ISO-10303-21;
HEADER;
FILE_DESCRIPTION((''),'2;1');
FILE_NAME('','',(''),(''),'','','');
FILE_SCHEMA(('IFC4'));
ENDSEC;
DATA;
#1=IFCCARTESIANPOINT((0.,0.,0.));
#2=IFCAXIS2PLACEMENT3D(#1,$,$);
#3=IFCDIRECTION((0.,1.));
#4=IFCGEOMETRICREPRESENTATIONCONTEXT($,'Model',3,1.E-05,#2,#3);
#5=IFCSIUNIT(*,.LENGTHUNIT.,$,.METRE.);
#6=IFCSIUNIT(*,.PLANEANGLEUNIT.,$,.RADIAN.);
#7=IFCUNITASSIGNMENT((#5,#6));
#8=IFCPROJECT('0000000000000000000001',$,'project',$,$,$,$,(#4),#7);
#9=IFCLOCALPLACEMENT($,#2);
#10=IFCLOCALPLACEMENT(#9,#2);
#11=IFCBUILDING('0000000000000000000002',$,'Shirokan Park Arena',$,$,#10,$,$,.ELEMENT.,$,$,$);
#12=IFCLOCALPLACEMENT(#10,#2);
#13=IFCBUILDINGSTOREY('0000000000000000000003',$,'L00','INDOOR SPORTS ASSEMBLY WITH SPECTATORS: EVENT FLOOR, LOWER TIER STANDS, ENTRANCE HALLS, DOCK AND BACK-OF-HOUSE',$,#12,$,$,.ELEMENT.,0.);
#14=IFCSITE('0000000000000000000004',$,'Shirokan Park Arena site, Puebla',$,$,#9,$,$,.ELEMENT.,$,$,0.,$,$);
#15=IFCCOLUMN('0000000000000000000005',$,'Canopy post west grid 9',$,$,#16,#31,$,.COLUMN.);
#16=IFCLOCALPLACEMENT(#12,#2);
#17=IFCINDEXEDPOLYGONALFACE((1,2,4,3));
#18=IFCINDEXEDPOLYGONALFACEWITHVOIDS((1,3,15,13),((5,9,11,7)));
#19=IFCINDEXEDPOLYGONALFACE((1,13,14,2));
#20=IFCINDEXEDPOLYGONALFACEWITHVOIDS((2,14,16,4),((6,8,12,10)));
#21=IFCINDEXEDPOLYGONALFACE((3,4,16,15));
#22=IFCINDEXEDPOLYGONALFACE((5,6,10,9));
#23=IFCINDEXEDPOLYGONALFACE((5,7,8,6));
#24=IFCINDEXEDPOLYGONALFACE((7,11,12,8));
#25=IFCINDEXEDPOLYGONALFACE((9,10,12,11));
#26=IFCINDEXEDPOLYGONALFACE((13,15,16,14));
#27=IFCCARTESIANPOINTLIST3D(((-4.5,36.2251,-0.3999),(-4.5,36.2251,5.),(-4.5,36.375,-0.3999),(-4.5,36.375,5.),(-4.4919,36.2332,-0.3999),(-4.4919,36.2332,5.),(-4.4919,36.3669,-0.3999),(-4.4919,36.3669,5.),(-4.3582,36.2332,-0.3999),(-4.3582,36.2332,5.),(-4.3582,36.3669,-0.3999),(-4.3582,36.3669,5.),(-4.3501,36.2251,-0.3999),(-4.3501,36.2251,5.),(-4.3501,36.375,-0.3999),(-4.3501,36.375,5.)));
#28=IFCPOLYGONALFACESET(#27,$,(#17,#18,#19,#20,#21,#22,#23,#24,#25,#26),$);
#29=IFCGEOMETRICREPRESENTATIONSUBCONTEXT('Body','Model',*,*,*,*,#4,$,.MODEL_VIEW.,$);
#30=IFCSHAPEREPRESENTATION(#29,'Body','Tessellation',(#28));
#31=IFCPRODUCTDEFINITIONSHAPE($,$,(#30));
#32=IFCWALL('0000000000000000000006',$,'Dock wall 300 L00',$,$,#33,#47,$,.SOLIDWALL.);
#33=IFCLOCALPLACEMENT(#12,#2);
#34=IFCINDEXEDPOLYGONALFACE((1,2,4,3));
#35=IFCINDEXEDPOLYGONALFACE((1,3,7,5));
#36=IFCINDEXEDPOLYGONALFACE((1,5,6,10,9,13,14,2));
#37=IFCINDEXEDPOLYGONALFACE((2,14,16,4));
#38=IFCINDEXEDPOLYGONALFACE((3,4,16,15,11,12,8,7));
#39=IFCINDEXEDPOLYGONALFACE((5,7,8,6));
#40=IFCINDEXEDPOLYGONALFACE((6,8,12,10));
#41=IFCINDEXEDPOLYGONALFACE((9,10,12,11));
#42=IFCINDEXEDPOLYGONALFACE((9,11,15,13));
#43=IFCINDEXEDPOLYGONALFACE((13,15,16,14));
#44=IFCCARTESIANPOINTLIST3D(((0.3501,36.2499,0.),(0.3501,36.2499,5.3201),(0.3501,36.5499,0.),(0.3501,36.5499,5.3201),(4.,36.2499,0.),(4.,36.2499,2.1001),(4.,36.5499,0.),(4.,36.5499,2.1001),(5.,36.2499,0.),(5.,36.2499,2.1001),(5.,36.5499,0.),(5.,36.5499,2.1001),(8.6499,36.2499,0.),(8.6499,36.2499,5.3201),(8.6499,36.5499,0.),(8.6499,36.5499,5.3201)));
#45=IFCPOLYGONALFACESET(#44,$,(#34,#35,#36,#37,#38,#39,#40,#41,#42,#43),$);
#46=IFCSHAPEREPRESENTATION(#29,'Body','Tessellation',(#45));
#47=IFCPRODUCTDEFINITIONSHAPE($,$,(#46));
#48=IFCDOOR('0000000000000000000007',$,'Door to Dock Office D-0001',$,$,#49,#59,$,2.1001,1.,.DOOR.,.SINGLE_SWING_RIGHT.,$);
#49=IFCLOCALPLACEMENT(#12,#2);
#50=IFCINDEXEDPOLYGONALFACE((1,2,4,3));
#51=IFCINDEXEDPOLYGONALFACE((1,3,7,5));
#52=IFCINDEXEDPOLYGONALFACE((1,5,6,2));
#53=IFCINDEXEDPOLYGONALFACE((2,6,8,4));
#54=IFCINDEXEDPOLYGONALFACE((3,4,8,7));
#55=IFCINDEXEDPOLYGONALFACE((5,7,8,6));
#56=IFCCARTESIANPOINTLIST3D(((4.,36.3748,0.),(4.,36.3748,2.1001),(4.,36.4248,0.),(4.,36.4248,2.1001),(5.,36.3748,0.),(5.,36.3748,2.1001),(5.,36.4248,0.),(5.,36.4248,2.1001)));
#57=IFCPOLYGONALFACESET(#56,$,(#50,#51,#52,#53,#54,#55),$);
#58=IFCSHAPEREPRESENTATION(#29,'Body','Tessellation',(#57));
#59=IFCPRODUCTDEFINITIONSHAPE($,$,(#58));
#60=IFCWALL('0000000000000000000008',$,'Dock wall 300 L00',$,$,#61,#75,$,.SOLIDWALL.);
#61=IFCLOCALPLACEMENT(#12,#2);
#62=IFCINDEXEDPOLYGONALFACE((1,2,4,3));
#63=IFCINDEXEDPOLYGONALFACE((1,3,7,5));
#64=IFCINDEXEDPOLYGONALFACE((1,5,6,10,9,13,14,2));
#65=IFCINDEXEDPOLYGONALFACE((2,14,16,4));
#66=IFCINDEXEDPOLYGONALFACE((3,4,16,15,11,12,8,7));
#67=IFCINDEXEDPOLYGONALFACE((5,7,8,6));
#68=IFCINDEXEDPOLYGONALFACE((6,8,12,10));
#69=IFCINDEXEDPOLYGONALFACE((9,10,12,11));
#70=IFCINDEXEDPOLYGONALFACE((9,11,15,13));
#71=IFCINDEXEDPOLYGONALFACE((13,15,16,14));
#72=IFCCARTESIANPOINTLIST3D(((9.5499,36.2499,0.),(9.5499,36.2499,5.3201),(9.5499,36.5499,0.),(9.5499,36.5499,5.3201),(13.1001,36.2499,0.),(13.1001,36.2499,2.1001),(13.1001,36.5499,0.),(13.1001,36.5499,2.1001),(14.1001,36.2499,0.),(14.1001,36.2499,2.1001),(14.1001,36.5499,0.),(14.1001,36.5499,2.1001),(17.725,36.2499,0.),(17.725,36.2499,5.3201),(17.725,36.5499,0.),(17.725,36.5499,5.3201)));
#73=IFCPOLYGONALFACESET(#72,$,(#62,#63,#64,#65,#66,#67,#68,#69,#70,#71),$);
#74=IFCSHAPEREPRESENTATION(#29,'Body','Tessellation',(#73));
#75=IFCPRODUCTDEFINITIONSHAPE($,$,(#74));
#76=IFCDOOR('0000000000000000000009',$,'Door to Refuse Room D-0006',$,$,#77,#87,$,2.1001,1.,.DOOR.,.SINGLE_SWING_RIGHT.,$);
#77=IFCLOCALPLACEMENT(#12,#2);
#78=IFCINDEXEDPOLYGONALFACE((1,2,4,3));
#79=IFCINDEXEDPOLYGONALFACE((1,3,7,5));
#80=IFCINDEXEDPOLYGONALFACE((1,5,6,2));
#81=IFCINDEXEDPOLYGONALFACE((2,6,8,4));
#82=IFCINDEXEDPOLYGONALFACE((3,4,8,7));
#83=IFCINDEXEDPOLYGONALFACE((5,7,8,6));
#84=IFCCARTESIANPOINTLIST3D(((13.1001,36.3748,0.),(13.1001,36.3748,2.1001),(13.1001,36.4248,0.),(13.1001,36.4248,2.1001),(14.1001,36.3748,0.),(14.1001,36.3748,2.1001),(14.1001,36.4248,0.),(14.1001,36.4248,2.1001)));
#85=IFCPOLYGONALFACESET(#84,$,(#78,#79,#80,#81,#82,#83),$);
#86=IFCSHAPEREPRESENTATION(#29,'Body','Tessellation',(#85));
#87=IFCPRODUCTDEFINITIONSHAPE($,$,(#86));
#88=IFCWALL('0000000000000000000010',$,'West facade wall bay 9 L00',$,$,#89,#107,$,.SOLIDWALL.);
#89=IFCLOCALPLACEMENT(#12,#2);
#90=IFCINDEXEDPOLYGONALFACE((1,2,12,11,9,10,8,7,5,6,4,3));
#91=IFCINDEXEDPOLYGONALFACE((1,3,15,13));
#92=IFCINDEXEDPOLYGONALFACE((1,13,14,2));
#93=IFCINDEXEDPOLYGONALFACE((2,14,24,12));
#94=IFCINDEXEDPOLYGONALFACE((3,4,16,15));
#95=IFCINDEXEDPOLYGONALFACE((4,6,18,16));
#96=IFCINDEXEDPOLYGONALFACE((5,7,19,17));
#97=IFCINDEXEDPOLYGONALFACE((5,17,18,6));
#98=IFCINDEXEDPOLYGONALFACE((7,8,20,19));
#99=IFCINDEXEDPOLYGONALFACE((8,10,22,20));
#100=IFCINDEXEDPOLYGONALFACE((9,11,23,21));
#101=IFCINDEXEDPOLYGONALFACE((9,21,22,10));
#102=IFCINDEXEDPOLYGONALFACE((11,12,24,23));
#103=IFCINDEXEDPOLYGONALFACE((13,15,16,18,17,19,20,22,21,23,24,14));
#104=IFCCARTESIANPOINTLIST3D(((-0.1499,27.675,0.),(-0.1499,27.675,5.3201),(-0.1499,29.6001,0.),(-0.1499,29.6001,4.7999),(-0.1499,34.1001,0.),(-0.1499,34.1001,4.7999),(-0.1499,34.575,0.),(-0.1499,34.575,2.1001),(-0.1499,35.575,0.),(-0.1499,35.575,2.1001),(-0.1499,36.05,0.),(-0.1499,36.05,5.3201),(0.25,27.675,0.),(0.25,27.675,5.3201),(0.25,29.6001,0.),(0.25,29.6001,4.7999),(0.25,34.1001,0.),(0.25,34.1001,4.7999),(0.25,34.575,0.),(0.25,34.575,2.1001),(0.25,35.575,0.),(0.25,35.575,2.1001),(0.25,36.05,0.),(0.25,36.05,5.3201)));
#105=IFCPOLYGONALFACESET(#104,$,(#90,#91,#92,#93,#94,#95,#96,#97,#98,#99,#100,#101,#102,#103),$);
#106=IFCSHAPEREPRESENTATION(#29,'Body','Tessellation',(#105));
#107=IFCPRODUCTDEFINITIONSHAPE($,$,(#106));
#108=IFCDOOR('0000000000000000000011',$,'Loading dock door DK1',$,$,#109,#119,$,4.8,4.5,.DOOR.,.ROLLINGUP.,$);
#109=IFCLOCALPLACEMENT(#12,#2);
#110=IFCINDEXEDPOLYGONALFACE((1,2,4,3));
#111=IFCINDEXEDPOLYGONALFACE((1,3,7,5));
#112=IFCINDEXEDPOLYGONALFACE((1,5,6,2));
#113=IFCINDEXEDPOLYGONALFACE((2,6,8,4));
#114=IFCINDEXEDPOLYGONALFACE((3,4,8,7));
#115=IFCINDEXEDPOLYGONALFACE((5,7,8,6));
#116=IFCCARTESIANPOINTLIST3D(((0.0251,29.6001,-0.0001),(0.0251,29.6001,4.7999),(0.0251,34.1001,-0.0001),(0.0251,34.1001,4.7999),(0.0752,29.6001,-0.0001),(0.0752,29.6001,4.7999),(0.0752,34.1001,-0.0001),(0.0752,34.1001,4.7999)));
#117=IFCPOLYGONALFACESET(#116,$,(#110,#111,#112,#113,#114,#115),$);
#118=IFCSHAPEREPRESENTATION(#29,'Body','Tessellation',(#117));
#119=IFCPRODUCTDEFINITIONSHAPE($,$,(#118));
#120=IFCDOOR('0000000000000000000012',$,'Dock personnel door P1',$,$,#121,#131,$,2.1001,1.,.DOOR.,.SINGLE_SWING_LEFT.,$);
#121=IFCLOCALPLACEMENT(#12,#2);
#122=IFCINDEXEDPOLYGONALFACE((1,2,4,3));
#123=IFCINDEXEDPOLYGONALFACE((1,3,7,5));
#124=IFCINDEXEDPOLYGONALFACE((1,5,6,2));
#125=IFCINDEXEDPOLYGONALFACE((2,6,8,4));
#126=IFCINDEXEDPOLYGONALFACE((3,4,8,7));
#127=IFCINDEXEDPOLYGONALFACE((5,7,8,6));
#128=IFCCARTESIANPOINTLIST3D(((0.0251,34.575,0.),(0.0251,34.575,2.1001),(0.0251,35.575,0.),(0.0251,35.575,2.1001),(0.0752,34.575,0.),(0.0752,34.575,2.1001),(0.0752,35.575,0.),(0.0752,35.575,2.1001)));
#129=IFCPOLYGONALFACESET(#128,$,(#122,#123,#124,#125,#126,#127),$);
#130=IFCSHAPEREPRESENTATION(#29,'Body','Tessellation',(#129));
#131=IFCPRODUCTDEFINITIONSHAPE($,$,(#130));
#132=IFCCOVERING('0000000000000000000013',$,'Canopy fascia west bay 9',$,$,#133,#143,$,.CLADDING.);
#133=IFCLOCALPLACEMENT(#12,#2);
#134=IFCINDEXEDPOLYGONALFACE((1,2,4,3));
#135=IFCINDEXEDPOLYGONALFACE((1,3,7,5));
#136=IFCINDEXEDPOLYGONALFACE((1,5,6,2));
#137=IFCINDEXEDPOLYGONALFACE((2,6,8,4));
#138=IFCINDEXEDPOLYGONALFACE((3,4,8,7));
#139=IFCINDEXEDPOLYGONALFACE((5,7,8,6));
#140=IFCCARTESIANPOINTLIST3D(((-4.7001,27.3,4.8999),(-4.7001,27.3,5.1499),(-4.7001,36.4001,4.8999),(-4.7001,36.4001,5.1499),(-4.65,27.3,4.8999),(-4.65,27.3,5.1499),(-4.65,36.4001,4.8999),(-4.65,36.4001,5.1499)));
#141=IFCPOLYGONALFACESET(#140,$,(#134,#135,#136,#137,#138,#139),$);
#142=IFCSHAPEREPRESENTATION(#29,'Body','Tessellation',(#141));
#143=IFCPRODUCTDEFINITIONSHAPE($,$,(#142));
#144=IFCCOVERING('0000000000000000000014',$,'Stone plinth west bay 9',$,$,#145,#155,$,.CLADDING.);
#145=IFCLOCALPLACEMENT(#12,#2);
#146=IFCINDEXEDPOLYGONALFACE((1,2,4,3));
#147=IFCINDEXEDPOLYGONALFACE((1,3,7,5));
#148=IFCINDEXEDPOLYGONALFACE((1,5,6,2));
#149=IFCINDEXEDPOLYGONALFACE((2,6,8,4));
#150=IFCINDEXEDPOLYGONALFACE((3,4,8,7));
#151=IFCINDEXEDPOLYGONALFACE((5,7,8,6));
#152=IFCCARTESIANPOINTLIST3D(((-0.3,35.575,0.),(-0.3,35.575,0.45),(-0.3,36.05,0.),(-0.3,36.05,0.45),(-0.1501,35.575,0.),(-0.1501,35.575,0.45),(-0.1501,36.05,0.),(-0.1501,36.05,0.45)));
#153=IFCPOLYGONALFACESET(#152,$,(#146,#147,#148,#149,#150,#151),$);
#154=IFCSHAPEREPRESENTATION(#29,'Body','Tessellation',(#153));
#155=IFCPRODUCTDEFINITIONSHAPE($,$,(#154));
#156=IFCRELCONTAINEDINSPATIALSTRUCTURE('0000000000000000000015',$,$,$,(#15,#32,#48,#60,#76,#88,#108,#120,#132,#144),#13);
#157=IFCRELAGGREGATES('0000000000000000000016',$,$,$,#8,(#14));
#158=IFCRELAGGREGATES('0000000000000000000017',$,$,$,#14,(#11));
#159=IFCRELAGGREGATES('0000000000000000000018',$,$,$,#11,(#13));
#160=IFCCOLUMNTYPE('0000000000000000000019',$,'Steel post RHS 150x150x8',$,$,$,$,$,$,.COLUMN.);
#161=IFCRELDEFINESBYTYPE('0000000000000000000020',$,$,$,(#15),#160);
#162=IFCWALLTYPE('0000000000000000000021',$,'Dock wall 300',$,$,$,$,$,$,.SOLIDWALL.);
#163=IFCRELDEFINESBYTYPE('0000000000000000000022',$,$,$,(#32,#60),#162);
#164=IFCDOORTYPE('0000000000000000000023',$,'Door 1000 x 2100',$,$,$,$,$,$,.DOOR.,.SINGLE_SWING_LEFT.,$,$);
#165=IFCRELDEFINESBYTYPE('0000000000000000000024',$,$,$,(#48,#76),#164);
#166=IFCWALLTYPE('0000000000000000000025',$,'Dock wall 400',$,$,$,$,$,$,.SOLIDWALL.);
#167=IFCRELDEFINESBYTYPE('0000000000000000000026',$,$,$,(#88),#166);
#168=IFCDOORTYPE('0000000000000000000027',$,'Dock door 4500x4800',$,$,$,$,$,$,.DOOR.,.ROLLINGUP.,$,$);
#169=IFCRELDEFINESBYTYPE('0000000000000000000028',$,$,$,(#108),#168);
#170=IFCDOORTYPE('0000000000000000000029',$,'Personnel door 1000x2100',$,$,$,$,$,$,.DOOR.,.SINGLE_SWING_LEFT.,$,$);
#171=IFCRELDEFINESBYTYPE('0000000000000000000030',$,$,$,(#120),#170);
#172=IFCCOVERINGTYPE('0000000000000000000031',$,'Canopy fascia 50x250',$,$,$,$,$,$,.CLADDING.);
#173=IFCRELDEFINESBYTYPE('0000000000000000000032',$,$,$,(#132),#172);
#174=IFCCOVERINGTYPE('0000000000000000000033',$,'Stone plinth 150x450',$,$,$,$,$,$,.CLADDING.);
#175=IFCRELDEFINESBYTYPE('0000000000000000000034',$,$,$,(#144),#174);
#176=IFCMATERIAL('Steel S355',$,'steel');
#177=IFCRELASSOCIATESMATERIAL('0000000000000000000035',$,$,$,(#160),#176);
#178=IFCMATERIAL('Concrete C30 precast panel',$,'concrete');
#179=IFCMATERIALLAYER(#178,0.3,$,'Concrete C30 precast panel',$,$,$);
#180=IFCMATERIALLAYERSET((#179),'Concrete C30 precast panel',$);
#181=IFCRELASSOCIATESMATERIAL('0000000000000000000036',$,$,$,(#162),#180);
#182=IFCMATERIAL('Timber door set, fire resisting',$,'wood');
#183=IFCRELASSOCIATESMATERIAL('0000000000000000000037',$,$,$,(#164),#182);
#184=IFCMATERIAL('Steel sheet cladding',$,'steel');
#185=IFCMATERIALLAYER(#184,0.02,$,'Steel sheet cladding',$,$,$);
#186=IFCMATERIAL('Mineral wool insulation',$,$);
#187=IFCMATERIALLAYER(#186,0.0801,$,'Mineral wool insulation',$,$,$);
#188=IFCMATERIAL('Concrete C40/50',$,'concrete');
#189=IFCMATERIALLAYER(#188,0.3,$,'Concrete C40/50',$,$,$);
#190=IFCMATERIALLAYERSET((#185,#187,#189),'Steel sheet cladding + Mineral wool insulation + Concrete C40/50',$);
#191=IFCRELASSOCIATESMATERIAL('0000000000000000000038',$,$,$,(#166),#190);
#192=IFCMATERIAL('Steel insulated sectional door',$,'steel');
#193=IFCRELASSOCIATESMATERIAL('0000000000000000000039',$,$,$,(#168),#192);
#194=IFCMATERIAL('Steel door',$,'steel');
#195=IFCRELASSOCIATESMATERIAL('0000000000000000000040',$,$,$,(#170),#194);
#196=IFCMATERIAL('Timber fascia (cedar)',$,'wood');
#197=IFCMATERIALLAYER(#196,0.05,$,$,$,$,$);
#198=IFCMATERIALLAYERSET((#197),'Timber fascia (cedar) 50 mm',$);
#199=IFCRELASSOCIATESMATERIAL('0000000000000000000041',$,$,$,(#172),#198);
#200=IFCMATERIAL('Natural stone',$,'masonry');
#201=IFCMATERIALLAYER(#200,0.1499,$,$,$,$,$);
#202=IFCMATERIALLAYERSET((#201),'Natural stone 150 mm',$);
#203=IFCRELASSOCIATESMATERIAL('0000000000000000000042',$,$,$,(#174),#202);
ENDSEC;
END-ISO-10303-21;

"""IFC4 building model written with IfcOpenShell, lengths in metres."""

from ifc_helpers import new_model, si_unit, direction, frame, frame_2d, origin, origin_2d, place, context, subcontext, project, spatial, rectangle, hollow_rectangle, extrude, material, layer, layer_set, material_profile, profile_set, type_object, element, fill, save


model = new_model("IFC4")

# Units and contexts
model_context = context("Model", 3, precision=1e-05, world=origin(), true_north=direction((0.0, 1.0)))
body_context = subcontext(model_context, "Body", "Model", "MODEL_VIEW")
ifc_project = project(units=[si_unit("LENGTHUNIT", "METRE"), si_unit("PLANEANGLEUNIT", "RADIAN")], contexts=[model_context])

# Site, building, storey
site_placement = place(None, origin())
site = spatial("IfcSite", under=ifc_project, at=site_placement, Name="Shirokan Park Arena site, Puebla", CompositionType="ELEMENT", RefElevation=0.0)
building_placement = place(site_placement, origin())
building = spatial("IfcBuilding", under=site, at=building_placement, Name="Shirokan Park Arena", CompositionType="ELEMENT")
storey_placement = place(building_placement, origin())
storey = spatial("IfcBuildingStorey", under=building, at=storey_placement, Name="L00", Description="INDOOR SPORTS ASSEMBLY WITH SPECTATORS: EVENT FLOOR, LOWER TIER STANDS, ENTRANCE HALLS, DOCK AND BACK-OF-HOUSE", CompositionType="ELEMENT", Elevation=0.0)

# Column
ifc_material_1 = material(Name="Steel S355", Category="steel")
ifc_material_profile_1 = material_profile(ifc_material_1, hollow_rectangle(XDim=0.1499, YDim=0.1499, WallThickness=0.0081, at=origin_2d()), Name="RHS 150x150x8")
ifc_profile_set_1 = profile_set([ifc_material_profile_1], Name="Steel S355")
column_type_1 = type_object("IfcColumnType", Name="Steel post RHS 150x150x8", PredefinedType="COLUMN", material=ifc_profile_set_1)
column_1_placement = place(storey_placement, frame((-4.425, 36.3, -0.3999), z_axis=(0.0, 0.0, 1.0), x_axis=(1.0, 0.0, 0.0)))
element("IfcColumn", 1, at=column_1_placement, inside=storey, type_object=column_type_1, Name="Canopy post west grid 9", PredefinedType="COLUMN", context=body_context, shape_type="SweptSolid", body=[
    extrude(hollow_rectangle(XDim=0.1499, YDim=0.1499, WallThickness=0.0081, at=origin_2d()), origin(), (0.0, 0.0, 1.0), 5.3999),
])

# Walls, openings, doors
ifc_material_2 = material(Name="Concrete C30 precast panel", Category="concrete")
ifc_layer_1 = layer(ifc_material_2, 0.3, Name="Concrete C30 precast panel")
ifc_layer_set_1 = layer_set([ifc_layer_1], Name="Concrete C30 precast panel")
wall_type_1 = type_object("IfcWallType", Name="Dock wall 300", PredefinedType="SOLIDWALL", material=ifc_layer_set_1)
wall_1_placement = place(storey_placement, frame((0.3501, 36.3999, 0.0), z_axis=(0.0, 0.0, 1.0), x_axis=(1.0, 0.0, 0.0)))
wall_1 = element("IfcWall", 2, at=wall_1_placement, inside=storey, type_object=wall_type_1, Name="Dock wall 300 L00", PredefinedType="SOLIDWALL", context=body_context, shape_type="SweptSolid", body=[
    extrude(rectangle(XDim=8.2998, YDim=0.3, at=frame_2d((4.1499, 0.0))), origin(), (0.0, 0.0, 1.0), 5.3201),
])
opening_1_placement = place(wall_1_placement, frame((3.6499, 0.0, 0.0)))
opening_1 = element("IfcOpeningElement", 3, at=opening_1_placement, cuts=wall_1, PredefinedType="OPENING", context=body_context, shape_type="SweptSolid", body=[
    extrude(rectangle(XDim=1.0, YDim=2.1001, at=frame_2d((0.5, 1.05))), frame((0.0, 0.1599, 0.0), z_axis=(0.0, -1.0, 0.0), x_axis=(1.0, 0.0, 0.0)), (0.0, 0.0, 1.0), 0.3201),
])
ifc_material_3 = material(Name="Timber door set, fire resisting", Category="wood")
door_type_1 = type_object("IfcDoorType", Name="Door 1000 x 2100", OperationType="SINGLE_SWING_LEFT", PredefinedType="DOOR", material=ifc_material_3)
door_1_placement = place(opening_1_placement, origin())
door_1 = element("IfcDoor", 4, at=door_1_placement, inside=storey, type_object=door_type_1, Name="Door to Dock Office D-0001", OperationType="SINGLE_SWING_RIGHT", OverallHeight=2.1001, OverallWidth=1.0, PredefinedType="DOOR", context=body_context, shape_type="SweptSolid", body=[
    extrude(rectangle(XDim=1.0, YDim=2.1001, at=frame_2d((0.5, 1.05))), frame((0.0, 0.0249, 0.0), z_axis=(0.0, -1.0, 0.0), x_axis=(1.0, 0.0, 0.0)), (0.0, 0.0, 1.0), 0.05),
])
fill(opening_1, door_1)
wall_2_placement = place(storey_placement, frame((9.55, 36.3999, 0.0), z_axis=(0.0, 0.0, 1.0), x_axis=(1.0, 0.0, 0.0)))
wall_2 = element("IfcWall", 5, at=wall_2_placement, inside=storey, type_object=wall_type_1, Name="Dock wall 300 L00", PredefinedType="SOLIDWALL", context=body_context, shape_type="SweptSolid", body=[
    extrude(rectangle(XDim=8.175, YDim=0.3, at=frame_2d((4.0874, 0.0))), origin(), (0.0, 0.0, 1.0), 5.3201),
])
opening_2_placement = place(wall_2_placement, frame((3.55, 0.0, 0.0)))
opening_2 = element("IfcOpeningElement", 6, at=opening_2_placement, cuts=wall_2, PredefinedType="OPENING", context=body_context, shape_type="SweptSolid", body=[
    extrude(rectangle(XDim=1.0, YDim=2.1001, at=frame_2d((0.5, 1.05))), frame((0.0, 0.1599, 0.0), z_axis=(0.0, -1.0, 0.0), x_axis=(1.0, 0.0, 0.0)), (0.0, 0.0, 1.0), 0.3201),
])
door_2_placement = place(opening_2_placement, origin())
door_2 = element("IfcDoor", 7, at=door_2_placement, inside=storey, type_object=door_type_1, Name="Door to Refuse Room D-0006", OperationType="SINGLE_SWING_RIGHT", OverallHeight=2.1001, OverallWidth=1.0, PredefinedType="DOOR", context=body_context, shape_type="SweptSolid", body=[
    extrude(rectangle(XDim=1.0, YDim=2.1001, at=frame_2d((0.5, 1.05))), frame((0.0, 0.0249, 0.0), z_axis=(0.0, -1.0, 0.0), x_axis=(1.0, 0.0, 0.0)), (0.0, 0.0, 1.0), 0.05),
])
fill(opening_2, door_2)

# Wall, openings, doors
ifc_material_4 = material(Name="Steel sheet cladding", Category="steel")
ifc_layer_2 = layer(ifc_material_4, 0.02, Name="Steel sheet cladding")
ifc_material_5 = material(Name="Mineral wool insulation")
ifc_layer_3 = layer(ifc_material_5, 0.0801, Name="Mineral wool insulation")
ifc_material_6 = material(Name="Concrete C40/50", Category="concrete")
ifc_layer_4 = layer(ifc_material_6, 0.3, Name="Concrete C40/50")
ifc_layer_set_2 = layer_set([ifc_layer_2, ifc_layer_3, ifc_layer_4], Name="Steel sheet cladding + Mineral wool insulation + Concrete C40/50")
wall_type_2 = type_object("IfcWallType", Name="Dock wall 400", PredefinedType="SOLIDWALL", material=ifc_layer_set_2)
wall_3_placement = place(storey_placement, frame((0.05, 36.05, 0.0), z_axis=(0.0, 0.0, 1.0), x_axis=(0.0, -1.0, 0.0)))
wall_3 = element("IfcWall", 8, at=wall_3_placement, inside=storey, type_object=wall_type_2, Name="West facade wall bay 9 L00", PredefinedType="SOLIDWALL", context=body_context, shape_type="SweptSolid", body=[
    extrude(rectangle(XDim=8.375, YDim=0.3999, at=frame_2d((4.1875, 0.0))), origin(), (0.0, 0.0, 1.0), 5.3201),
])
opening_3_placement = place(wall_3_placement, frame((1.95, 0.0, 0.0)))
opening_3 = element("IfcOpeningElement", 9, at=opening_3_placement, cuts=wall_3, PredefinedType="OPENING", context=body_context, shape_type="SweptSolid", body=[
    extrude(rectangle(XDim=4.5, YDim=4.8, at=frame_2d((2.25, 2.3999))), frame((0.0, 0.21, 0.0), z_axis=(0.0, -1.0, 0.0), x_axis=(1.0, 0.0, 0.0)), (0.0, 0.0, 1.0), 0.4199),
])
opening_4_placement = place(wall_3_placement, frame((0.4751, 0.0, 0.0)))
opening_4 = element("IfcOpeningElement", 10, at=opening_4_placement, cuts=wall_3, PredefinedType="OPENING", context=body_context, shape_type="SweptSolid", body=[
    extrude(rectangle(XDim=1.0, YDim=2.1001, at=frame_2d((0.5, 1.05))), frame((0.0, 0.21, 0.0), z_axis=(0.0, -1.0, 0.0), x_axis=(1.0, 0.0, 0.0)), (0.0, 0.0, 1.0), 0.4199),
])
ifc_material_7 = material(Name="Steel insulated sectional door", Category="steel")
door_type_2 = type_object("IfcDoorType", Name="Dock door 4500x4800", OperationType="ROLLINGUP", PredefinedType="DOOR", material=ifc_material_7)
door_3_placement = place(opening_3_placement, frame((4.5, 0.0, 0.0), z_axis=(0.0, 0.0, 1.0), x_axis=(-1.0, 0.0, 0.0)))
door_3 = element("IfcDoor", 11, at=door_3_placement, inside=storey, type_object=door_type_2, Name="Loading dock door DK1", OperationType="ROLLINGUP", OverallHeight=4.8, OverallWidth=4.5, PredefinedType="DOOR", context=body_context, shape_type="SweptSolid", body=[
    extrude(rectangle(XDim=4.5, YDim=4.8, at=frame_2d((2.25, 2.3999))), frame((0.0, 0.0249, 0.0), z_axis=(0.0, -1.0, 0.0), x_axis=(1.0, 0.0, 0.0)), (0.0, 0.0, 1.0), 0.05),
])
fill(opening_3, door_3)
ifc_material_8 = material(Name="Steel door", Category="steel")
door_type_3 = type_object("IfcDoorType", Name="Personnel door 1000x2100", OperationType="SINGLE_SWING_LEFT", PredefinedType="DOOR", material=ifc_material_8)
door_4_placement = place(opening_4_placement, frame((1.0, 0.0, 0.0), z_axis=(0.0, 0.0, 1.0), x_axis=(-1.0, 0.0, 0.0)))
door_4 = element("IfcDoor", 12, at=door_4_placement, inside=storey, type_object=door_type_3, Name="Dock personnel door P1", OperationType="SINGLE_SWING_LEFT", OverallHeight=2.1001, OverallWidth=1.0, PredefinedType="DOOR", context=body_context, shape_type="SweptSolid", body=[
    extrude(rectangle(XDim=1.0, YDim=2.1001, at=frame_2d((0.5, 1.05))), frame((0.0, 0.0249, 0.0), z_axis=(0.0, -1.0, 0.0), x_axis=(1.0, 0.0, 0.0)), (0.0, 0.0, 1.0), 0.05),
])
fill(opening_4, door_4)

# Coverings
ifc_material_9 = material(Name="Timber fascia (cedar)", Category="wood")
ifc_layer_5 = layer(ifc_material_9, 0.05)
ifc_layer_set_3 = layer_set([ifc_layer_5], Name="Timber fascia (cedar) 50 mm")
covering_type_1 = type_object("IfcCoveringType", Name="Canopy fascia 50x250", PredefinedType="CLADDING", material=ifc_layer_set_3)
covering_1_placement = place(storey_placement, frame((-4.675, 31.8501, 4.8999), z_axis=(0.0, 0.0, 1.0), x_axis=(0.0, -1.0, 0.0)))
element("IfcCovering", 13, at=covering_1_placement, inside=storey, type_object=covering_type_1, Name="Canopy fascia west bay 9", PredefinedType="CLADDING", context=body_context, shape_type="SweptSolid", body=[
    extrude(rectangle(XDim=9.1001, YDim=0.05, at=origin_2d()), origin(), (0.0, 0.0, 1.0), 0.25),
])
ifc_material_10 = material(Name="Natural stone", Category="masonry")
ifc_layer_6 = layer(ifc_material_10, 0.1499)
ifc_layer_set_4 = layer_set([ifc_layer_6], Name="Natural stone 150 mm")
covering_type_2 = type_object("IfcCoveringType", Name="Stone plinth 150x450", PredefinedType="CLADDING", material=ifc_layer_set_4)
for number, where, z_axis, x_axis, name in (
    (14, (-0.2251, 35.8125, 0.0), (0.0, 0.0, 1.0), (0.0, -1.0, 0.0), "Stone plinth west bay 9"),
):
    element("IfcCovering", number, at=place(storey_placement, frame(where, z_axis=z_axis, x_axis=x_axis)), inside=storey, type_object=covering_type_2, Name=name, PredefinedType="CLADDING", context=body_context, shape_type="SweptSolid", body=[
        extrude(rectangle(XDim=0.4751, YDim=0.1499, at=origin_2d()), origin(), (0.0, 0.0, 1.0), 0.45),
    ])

save(model, "model.ifc")
